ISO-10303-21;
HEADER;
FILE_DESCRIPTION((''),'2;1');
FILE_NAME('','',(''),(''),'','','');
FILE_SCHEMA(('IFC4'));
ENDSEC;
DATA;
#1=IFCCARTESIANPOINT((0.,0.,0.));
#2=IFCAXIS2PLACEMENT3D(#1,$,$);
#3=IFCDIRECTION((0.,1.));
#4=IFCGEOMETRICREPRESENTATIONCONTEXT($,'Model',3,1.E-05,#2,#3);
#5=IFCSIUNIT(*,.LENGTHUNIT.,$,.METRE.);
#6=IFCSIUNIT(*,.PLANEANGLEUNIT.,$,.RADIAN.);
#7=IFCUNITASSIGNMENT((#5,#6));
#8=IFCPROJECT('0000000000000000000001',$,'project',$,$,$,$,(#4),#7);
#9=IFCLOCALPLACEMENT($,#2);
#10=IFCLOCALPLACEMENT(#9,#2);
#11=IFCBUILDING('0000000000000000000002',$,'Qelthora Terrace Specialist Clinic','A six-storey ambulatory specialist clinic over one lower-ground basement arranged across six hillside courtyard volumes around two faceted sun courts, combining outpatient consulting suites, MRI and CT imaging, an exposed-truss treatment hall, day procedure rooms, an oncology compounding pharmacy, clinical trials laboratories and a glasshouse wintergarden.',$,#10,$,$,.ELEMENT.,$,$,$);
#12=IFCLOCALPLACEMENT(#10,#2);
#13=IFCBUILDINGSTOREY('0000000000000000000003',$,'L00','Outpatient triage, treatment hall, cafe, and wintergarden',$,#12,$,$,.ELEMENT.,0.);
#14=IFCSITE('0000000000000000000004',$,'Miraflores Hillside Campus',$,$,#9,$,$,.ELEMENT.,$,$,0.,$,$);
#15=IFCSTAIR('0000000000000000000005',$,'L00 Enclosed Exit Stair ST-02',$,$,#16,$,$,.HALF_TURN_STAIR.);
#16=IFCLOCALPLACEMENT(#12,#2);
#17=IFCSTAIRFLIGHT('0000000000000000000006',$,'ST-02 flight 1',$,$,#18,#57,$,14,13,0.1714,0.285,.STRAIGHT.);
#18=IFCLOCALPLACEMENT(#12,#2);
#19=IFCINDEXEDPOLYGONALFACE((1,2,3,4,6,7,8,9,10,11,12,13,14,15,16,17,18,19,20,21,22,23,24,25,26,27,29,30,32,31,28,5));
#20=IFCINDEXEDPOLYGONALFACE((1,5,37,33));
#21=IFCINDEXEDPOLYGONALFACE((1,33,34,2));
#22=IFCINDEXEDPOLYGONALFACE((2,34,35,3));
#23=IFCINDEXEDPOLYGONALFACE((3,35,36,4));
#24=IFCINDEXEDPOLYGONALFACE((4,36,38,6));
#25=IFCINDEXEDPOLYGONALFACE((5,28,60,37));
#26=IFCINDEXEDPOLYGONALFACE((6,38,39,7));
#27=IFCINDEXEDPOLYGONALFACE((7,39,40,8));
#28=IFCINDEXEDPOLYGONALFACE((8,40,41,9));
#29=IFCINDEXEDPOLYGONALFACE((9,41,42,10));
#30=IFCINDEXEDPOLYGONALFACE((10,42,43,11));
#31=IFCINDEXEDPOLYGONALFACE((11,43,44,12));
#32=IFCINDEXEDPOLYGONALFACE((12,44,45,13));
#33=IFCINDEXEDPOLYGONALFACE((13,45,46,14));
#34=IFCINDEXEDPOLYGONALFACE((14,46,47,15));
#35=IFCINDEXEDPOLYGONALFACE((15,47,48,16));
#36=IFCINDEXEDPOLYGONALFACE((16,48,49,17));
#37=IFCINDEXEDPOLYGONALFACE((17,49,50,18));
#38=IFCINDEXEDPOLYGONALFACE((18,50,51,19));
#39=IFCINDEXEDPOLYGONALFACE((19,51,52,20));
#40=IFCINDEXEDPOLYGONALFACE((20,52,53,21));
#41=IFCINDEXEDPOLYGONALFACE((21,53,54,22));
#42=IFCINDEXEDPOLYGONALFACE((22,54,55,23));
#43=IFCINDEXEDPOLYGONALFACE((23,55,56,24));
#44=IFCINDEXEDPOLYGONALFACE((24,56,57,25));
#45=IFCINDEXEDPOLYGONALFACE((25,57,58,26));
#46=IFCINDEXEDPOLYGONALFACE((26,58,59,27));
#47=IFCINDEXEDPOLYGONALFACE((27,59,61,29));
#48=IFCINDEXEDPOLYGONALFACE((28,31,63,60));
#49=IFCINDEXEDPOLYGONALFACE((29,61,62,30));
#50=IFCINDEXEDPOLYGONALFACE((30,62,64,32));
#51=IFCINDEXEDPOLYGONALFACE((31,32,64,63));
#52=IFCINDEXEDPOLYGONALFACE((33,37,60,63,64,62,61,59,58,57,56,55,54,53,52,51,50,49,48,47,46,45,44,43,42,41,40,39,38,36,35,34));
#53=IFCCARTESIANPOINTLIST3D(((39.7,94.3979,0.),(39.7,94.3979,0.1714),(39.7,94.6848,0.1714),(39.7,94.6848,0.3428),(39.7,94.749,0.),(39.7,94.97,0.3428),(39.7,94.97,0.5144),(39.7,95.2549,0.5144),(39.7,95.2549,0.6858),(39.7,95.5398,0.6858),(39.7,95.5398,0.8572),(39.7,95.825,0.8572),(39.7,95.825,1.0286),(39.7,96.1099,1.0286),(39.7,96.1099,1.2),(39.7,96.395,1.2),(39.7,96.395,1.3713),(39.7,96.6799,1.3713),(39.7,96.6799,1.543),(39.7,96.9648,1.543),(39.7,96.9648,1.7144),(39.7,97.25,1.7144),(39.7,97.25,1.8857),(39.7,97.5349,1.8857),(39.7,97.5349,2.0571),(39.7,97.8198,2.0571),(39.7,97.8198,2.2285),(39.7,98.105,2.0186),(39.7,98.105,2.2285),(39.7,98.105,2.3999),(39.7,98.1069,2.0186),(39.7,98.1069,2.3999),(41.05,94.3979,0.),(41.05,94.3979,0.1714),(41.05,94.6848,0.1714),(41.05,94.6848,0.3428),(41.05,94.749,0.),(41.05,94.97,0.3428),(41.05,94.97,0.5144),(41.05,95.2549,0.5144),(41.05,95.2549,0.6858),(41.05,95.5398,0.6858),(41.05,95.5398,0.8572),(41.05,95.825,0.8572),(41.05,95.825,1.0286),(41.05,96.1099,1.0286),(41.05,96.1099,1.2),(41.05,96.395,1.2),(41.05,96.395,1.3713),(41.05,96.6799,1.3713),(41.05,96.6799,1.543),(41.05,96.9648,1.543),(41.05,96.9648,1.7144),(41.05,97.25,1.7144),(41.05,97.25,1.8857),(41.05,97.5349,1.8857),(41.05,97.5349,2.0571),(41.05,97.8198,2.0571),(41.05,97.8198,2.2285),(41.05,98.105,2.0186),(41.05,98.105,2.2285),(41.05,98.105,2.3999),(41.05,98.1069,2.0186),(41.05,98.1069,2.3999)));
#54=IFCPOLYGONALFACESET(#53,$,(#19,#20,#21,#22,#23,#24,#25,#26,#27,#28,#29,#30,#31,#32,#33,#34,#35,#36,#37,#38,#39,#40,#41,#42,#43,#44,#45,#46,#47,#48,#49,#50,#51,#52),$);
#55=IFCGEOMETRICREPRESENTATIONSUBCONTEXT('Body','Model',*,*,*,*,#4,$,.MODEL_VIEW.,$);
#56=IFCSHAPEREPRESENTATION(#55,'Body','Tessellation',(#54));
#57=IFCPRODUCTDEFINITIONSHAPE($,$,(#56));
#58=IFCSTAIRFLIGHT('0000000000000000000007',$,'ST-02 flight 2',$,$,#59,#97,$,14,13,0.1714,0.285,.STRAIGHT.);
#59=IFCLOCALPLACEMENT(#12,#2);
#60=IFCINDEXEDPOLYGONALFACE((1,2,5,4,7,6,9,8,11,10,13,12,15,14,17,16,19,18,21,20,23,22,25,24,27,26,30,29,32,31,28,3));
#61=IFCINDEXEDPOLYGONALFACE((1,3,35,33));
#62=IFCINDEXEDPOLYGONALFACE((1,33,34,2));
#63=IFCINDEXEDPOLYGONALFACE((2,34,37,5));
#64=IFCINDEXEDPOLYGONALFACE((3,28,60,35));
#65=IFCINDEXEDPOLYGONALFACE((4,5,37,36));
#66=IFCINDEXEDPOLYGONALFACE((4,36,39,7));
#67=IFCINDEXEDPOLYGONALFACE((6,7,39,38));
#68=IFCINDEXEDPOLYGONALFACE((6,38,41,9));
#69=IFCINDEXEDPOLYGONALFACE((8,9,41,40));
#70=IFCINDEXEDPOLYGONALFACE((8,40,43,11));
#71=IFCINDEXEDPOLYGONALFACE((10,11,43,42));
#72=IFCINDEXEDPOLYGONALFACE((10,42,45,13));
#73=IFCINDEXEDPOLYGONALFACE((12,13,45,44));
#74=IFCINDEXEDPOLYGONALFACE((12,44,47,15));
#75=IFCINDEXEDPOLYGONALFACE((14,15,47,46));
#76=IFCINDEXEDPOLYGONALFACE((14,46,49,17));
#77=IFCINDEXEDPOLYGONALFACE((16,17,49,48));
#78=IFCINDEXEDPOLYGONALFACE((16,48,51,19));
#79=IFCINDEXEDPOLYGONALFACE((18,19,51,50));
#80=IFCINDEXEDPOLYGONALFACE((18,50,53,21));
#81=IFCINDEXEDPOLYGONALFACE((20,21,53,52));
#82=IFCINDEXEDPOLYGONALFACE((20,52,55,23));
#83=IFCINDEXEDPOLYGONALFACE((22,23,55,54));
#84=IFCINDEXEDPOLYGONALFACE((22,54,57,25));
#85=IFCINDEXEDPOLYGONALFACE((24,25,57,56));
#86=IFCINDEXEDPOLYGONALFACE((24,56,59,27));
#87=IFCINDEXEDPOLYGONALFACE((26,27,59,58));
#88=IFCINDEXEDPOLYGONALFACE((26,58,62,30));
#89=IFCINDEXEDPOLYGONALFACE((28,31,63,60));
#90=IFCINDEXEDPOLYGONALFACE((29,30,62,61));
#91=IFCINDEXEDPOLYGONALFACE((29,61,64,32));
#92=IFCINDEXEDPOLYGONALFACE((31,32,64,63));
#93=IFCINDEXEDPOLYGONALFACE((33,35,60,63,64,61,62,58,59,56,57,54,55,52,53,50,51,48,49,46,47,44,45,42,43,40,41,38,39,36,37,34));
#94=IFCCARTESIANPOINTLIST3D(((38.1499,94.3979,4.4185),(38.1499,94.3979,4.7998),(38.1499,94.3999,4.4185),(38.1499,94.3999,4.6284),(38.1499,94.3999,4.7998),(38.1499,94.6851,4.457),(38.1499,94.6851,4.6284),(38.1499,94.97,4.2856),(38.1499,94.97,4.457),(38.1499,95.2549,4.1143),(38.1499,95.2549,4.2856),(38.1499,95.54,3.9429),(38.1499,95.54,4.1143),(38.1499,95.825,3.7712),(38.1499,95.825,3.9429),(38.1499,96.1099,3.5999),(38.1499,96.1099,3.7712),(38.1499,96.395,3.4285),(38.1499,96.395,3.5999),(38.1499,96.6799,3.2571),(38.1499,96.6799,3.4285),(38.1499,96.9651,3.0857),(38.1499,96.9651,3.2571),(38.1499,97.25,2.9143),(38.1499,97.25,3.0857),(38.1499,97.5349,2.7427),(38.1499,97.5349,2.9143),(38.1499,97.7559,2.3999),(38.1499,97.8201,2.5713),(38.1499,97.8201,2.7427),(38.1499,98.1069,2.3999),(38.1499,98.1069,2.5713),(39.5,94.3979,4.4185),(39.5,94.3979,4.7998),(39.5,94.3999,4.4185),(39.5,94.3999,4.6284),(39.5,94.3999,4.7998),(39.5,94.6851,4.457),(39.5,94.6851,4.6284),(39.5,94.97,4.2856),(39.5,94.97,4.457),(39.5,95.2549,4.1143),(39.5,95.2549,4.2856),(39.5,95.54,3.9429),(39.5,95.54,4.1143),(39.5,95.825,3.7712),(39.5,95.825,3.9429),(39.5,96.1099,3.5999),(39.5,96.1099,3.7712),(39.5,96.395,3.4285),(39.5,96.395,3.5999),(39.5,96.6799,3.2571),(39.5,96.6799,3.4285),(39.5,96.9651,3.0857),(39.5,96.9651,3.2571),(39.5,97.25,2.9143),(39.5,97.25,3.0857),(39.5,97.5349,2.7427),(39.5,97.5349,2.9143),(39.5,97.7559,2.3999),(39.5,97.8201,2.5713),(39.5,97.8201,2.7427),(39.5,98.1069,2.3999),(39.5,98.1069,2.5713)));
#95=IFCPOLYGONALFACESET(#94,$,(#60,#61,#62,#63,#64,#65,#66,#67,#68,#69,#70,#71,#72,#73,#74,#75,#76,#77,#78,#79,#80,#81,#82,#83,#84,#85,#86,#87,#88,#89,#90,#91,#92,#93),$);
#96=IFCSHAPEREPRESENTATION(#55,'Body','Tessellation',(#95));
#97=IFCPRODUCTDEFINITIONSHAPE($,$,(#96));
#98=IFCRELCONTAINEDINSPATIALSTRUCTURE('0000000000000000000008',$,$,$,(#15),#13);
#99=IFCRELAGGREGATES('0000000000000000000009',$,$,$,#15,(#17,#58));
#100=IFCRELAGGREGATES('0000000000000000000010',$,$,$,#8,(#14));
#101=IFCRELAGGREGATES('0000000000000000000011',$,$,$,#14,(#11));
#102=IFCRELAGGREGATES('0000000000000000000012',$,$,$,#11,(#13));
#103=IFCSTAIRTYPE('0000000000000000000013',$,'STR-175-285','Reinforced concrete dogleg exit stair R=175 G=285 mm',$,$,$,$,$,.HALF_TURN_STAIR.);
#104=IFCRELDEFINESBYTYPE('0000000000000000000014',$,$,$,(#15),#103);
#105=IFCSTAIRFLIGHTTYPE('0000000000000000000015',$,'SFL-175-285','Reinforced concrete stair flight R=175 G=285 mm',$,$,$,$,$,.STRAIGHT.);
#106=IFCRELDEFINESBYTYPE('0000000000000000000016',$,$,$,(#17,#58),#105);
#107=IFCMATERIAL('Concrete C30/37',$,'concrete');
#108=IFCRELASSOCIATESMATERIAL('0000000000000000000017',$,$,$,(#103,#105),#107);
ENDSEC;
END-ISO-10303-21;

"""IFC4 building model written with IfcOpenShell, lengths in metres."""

from ifc_helpers import new_model, si_unit, direction, frame, origin, place, context, subcontext, project, spatial, polyline, outline, extrude, material, type_object, element, aggregate, save


model = new_model("IFC4")

# Units and contexts
model_context = context("Model", 3, precision=1e-05, world=origin(), true_north=direction((0.0, 1.0)))
body_context = subcontext(model_context, "Body", "Model", "MODEL_VIEW")
ifc_project = project(units=[si_unit("LENGTHUNIT", "METRE"), si_unit("PLANEANGLEUNIT", "RADIAN")], contexts=[model_context])

# Site, building, storey
site_placement = place(None, origin())
site = spatial("IfcSite", under=ifc_project, at=site_placement, Name="Miraflores Hillside Campus", CompositionType="ELEMENT", RefElevation=0.0)
building_placement = place(site_placement, origin())
building = spatial("IfcBuilding", under=site, at=building_placement, Name="Qelthora Terrace Specialist Clinic", Description="A six-storey ambulatory specialist clinic over one lower-ground basement arranged across six hillside courtyard volumes around two faceted sun courts, combining outpatient consulting suites, MRI and CT imaging, an exposed-truss treatment hall, day procedure rooms, an oncology compounding pharmacy, clinical trials laboratories and a glasshouse wintergarden.", CompositionType="ELEMENT")
storey_placement = place(building_placement, origin())
storey = spatial("IfcBuildingStorey", under=building, at=storey_placement, Name="L00", Description="Outpatient triage, treatment hall, cafe, and wintergarden", CompositionType="ELEMENT", Elevation=0.0)

# Stair, stair flights
ifc_material_1 = material(Name="Concrete C30/37", Category="concrete")
stair_type = type_object("IfcStairType", Name="STR-175-285", Description="Reinforced concrete dogleg exit stair R=175 G=285 mm", PredefinedType="HALF_TURN_STAIR", material=ifc_material_1)
stair_placement = place(storey_placement, origin())
stair = element("IfcStair", 1, at=stair_placement, inside=storey, type_object=stair_type, Name="L00 Enclosed Exit Stair ST-02", PredefinedType="HALF_TURN_STAIR")
stair_flight_type = type_object("IfcStairFlightType", Name="SFL-175-285", Description="Reinforced concrete stair flight R=175 G=285 mm", PredefinedType="STRAIGHT", material=ifc_material_1)
stair_flight_1_placement = place(storey_placement, frame((40.375, 94.3999, 0.0), z_axis=(0.0, 0.0, 1.0), x_axis=(0.0, 1.0, 0.0)))
stair_flight_1 = element("IfcStairFlight", 2, at=stair_flight_1_placement, type_object=stair_flight_type, Name="ST-02 flight 1", NumberOfRisers=14, NumberOfTreads=13, PredefinedType="STRAIGHT", RiserHeight=0.1714, TreadLength=0.285, context=body_context, shape_type="SweptSolid", body=[
    extrude(outline(polyline([(-0.002, 0.0), (-0.002, 0.1714), (0.2849, 0.1714), (0.2849, 0.3428), (0.5701, 0.3428), (0.5701, 0.5144), (0.855, 0.5144), (0.855, 0.6858), (1.1399, 0.6858), (1.1399, 0.8572), (1.425, 0.8572), (1.425, 1.0286), (1.71, 1.0286), (1.71, 1.2), (1.9951, 1.2), (1.9951, 1.3713), (2.28, 1.3713), (2.28, 1.543), (2.5649, 1.543), (2.5649, 1.7144), (2.8501, 1.7144), (2.8501, 1.8857), (3.135, 1.8857), (3.135, 2.0571), (3.4199, 2.0571), (3.4199, 2.2285), (3.7051, 2.2285), (3.7051, 2.3999), (3.707, 2.3999), (3.707, 2.0186), (3.7051, 2.0186), (0.3491, 0.0), (-0.002, 0.0)])), frame((0.0, 0.675, 0.0), z_axis=(0.0, -1.0, 0.0), x_axis=(1.0, 0.0, 0.0)), (0.0, 0.0, 1.0), 1.3501),
])
stair_flight_2_placement = place(storey_placement, frame((38.825, 98.105, 2.3999), z_axis=(0.0, 0.0, 1.0), x_axis=(0.0, -1.0, 0.0)))
stair_flight_2 = element("IfcStairFlight", 3, at=stair_flight_2_placement, type_object=stair_flight_type, Name="ST-02 flight 2", NumberOfRisers=14, NumberOfTreads=13, PredefinedType="STRAIGHT", RiserHeight=0.1714, TreadLength=0.285, context=body_context, shape_type="SweptSolid", body=[
    extrude(outline(polyline([(-0.002, 0.0), (-0.002, 0.1714), (0.2849, 0.1714), (0.2849, 0.3428), (0.5701, 0.3428), (0.5701, 0.5144), (0.855, 0.5144), (0.855, 0.6858), (1.1399, 0.6858), (1.1399, 0.8572), (1.425, 0.8572), (1.425, 1.0286), (1.71, 1.0286), (1.71, 1.2), (1.9951, 1.2), (1.9951, 1.3713), (2.28, 1.3713), (2.28, 1.543), (2.5649, 1.543), (2.5649, 1.7144), (2.8501, 1.7144), (2.8501, 1.8857), (3.135, 1.8857), (3.135, 2.0571), (3.4199, 2.0571), (3.4199, 2.2285), (3.7051, 2.2285), (3.7051, 2.3999), (3.707, 2.3999), (3.707, 2.0186), (3.7051, 2.0186), (0.3491, 0.0), (-0.002, 0.0)])), frame((0.0, 0.675, 0.0), z_axis=(0.0, -1.0, 0.0), x_axis=(1.0, 0.0, 0.0)), (0.0, 0.0, 1.0), 1.3501),
])
aggregate(stair, [stair_flight_1, stair_flight_2])

save(model, "model.ifc")
